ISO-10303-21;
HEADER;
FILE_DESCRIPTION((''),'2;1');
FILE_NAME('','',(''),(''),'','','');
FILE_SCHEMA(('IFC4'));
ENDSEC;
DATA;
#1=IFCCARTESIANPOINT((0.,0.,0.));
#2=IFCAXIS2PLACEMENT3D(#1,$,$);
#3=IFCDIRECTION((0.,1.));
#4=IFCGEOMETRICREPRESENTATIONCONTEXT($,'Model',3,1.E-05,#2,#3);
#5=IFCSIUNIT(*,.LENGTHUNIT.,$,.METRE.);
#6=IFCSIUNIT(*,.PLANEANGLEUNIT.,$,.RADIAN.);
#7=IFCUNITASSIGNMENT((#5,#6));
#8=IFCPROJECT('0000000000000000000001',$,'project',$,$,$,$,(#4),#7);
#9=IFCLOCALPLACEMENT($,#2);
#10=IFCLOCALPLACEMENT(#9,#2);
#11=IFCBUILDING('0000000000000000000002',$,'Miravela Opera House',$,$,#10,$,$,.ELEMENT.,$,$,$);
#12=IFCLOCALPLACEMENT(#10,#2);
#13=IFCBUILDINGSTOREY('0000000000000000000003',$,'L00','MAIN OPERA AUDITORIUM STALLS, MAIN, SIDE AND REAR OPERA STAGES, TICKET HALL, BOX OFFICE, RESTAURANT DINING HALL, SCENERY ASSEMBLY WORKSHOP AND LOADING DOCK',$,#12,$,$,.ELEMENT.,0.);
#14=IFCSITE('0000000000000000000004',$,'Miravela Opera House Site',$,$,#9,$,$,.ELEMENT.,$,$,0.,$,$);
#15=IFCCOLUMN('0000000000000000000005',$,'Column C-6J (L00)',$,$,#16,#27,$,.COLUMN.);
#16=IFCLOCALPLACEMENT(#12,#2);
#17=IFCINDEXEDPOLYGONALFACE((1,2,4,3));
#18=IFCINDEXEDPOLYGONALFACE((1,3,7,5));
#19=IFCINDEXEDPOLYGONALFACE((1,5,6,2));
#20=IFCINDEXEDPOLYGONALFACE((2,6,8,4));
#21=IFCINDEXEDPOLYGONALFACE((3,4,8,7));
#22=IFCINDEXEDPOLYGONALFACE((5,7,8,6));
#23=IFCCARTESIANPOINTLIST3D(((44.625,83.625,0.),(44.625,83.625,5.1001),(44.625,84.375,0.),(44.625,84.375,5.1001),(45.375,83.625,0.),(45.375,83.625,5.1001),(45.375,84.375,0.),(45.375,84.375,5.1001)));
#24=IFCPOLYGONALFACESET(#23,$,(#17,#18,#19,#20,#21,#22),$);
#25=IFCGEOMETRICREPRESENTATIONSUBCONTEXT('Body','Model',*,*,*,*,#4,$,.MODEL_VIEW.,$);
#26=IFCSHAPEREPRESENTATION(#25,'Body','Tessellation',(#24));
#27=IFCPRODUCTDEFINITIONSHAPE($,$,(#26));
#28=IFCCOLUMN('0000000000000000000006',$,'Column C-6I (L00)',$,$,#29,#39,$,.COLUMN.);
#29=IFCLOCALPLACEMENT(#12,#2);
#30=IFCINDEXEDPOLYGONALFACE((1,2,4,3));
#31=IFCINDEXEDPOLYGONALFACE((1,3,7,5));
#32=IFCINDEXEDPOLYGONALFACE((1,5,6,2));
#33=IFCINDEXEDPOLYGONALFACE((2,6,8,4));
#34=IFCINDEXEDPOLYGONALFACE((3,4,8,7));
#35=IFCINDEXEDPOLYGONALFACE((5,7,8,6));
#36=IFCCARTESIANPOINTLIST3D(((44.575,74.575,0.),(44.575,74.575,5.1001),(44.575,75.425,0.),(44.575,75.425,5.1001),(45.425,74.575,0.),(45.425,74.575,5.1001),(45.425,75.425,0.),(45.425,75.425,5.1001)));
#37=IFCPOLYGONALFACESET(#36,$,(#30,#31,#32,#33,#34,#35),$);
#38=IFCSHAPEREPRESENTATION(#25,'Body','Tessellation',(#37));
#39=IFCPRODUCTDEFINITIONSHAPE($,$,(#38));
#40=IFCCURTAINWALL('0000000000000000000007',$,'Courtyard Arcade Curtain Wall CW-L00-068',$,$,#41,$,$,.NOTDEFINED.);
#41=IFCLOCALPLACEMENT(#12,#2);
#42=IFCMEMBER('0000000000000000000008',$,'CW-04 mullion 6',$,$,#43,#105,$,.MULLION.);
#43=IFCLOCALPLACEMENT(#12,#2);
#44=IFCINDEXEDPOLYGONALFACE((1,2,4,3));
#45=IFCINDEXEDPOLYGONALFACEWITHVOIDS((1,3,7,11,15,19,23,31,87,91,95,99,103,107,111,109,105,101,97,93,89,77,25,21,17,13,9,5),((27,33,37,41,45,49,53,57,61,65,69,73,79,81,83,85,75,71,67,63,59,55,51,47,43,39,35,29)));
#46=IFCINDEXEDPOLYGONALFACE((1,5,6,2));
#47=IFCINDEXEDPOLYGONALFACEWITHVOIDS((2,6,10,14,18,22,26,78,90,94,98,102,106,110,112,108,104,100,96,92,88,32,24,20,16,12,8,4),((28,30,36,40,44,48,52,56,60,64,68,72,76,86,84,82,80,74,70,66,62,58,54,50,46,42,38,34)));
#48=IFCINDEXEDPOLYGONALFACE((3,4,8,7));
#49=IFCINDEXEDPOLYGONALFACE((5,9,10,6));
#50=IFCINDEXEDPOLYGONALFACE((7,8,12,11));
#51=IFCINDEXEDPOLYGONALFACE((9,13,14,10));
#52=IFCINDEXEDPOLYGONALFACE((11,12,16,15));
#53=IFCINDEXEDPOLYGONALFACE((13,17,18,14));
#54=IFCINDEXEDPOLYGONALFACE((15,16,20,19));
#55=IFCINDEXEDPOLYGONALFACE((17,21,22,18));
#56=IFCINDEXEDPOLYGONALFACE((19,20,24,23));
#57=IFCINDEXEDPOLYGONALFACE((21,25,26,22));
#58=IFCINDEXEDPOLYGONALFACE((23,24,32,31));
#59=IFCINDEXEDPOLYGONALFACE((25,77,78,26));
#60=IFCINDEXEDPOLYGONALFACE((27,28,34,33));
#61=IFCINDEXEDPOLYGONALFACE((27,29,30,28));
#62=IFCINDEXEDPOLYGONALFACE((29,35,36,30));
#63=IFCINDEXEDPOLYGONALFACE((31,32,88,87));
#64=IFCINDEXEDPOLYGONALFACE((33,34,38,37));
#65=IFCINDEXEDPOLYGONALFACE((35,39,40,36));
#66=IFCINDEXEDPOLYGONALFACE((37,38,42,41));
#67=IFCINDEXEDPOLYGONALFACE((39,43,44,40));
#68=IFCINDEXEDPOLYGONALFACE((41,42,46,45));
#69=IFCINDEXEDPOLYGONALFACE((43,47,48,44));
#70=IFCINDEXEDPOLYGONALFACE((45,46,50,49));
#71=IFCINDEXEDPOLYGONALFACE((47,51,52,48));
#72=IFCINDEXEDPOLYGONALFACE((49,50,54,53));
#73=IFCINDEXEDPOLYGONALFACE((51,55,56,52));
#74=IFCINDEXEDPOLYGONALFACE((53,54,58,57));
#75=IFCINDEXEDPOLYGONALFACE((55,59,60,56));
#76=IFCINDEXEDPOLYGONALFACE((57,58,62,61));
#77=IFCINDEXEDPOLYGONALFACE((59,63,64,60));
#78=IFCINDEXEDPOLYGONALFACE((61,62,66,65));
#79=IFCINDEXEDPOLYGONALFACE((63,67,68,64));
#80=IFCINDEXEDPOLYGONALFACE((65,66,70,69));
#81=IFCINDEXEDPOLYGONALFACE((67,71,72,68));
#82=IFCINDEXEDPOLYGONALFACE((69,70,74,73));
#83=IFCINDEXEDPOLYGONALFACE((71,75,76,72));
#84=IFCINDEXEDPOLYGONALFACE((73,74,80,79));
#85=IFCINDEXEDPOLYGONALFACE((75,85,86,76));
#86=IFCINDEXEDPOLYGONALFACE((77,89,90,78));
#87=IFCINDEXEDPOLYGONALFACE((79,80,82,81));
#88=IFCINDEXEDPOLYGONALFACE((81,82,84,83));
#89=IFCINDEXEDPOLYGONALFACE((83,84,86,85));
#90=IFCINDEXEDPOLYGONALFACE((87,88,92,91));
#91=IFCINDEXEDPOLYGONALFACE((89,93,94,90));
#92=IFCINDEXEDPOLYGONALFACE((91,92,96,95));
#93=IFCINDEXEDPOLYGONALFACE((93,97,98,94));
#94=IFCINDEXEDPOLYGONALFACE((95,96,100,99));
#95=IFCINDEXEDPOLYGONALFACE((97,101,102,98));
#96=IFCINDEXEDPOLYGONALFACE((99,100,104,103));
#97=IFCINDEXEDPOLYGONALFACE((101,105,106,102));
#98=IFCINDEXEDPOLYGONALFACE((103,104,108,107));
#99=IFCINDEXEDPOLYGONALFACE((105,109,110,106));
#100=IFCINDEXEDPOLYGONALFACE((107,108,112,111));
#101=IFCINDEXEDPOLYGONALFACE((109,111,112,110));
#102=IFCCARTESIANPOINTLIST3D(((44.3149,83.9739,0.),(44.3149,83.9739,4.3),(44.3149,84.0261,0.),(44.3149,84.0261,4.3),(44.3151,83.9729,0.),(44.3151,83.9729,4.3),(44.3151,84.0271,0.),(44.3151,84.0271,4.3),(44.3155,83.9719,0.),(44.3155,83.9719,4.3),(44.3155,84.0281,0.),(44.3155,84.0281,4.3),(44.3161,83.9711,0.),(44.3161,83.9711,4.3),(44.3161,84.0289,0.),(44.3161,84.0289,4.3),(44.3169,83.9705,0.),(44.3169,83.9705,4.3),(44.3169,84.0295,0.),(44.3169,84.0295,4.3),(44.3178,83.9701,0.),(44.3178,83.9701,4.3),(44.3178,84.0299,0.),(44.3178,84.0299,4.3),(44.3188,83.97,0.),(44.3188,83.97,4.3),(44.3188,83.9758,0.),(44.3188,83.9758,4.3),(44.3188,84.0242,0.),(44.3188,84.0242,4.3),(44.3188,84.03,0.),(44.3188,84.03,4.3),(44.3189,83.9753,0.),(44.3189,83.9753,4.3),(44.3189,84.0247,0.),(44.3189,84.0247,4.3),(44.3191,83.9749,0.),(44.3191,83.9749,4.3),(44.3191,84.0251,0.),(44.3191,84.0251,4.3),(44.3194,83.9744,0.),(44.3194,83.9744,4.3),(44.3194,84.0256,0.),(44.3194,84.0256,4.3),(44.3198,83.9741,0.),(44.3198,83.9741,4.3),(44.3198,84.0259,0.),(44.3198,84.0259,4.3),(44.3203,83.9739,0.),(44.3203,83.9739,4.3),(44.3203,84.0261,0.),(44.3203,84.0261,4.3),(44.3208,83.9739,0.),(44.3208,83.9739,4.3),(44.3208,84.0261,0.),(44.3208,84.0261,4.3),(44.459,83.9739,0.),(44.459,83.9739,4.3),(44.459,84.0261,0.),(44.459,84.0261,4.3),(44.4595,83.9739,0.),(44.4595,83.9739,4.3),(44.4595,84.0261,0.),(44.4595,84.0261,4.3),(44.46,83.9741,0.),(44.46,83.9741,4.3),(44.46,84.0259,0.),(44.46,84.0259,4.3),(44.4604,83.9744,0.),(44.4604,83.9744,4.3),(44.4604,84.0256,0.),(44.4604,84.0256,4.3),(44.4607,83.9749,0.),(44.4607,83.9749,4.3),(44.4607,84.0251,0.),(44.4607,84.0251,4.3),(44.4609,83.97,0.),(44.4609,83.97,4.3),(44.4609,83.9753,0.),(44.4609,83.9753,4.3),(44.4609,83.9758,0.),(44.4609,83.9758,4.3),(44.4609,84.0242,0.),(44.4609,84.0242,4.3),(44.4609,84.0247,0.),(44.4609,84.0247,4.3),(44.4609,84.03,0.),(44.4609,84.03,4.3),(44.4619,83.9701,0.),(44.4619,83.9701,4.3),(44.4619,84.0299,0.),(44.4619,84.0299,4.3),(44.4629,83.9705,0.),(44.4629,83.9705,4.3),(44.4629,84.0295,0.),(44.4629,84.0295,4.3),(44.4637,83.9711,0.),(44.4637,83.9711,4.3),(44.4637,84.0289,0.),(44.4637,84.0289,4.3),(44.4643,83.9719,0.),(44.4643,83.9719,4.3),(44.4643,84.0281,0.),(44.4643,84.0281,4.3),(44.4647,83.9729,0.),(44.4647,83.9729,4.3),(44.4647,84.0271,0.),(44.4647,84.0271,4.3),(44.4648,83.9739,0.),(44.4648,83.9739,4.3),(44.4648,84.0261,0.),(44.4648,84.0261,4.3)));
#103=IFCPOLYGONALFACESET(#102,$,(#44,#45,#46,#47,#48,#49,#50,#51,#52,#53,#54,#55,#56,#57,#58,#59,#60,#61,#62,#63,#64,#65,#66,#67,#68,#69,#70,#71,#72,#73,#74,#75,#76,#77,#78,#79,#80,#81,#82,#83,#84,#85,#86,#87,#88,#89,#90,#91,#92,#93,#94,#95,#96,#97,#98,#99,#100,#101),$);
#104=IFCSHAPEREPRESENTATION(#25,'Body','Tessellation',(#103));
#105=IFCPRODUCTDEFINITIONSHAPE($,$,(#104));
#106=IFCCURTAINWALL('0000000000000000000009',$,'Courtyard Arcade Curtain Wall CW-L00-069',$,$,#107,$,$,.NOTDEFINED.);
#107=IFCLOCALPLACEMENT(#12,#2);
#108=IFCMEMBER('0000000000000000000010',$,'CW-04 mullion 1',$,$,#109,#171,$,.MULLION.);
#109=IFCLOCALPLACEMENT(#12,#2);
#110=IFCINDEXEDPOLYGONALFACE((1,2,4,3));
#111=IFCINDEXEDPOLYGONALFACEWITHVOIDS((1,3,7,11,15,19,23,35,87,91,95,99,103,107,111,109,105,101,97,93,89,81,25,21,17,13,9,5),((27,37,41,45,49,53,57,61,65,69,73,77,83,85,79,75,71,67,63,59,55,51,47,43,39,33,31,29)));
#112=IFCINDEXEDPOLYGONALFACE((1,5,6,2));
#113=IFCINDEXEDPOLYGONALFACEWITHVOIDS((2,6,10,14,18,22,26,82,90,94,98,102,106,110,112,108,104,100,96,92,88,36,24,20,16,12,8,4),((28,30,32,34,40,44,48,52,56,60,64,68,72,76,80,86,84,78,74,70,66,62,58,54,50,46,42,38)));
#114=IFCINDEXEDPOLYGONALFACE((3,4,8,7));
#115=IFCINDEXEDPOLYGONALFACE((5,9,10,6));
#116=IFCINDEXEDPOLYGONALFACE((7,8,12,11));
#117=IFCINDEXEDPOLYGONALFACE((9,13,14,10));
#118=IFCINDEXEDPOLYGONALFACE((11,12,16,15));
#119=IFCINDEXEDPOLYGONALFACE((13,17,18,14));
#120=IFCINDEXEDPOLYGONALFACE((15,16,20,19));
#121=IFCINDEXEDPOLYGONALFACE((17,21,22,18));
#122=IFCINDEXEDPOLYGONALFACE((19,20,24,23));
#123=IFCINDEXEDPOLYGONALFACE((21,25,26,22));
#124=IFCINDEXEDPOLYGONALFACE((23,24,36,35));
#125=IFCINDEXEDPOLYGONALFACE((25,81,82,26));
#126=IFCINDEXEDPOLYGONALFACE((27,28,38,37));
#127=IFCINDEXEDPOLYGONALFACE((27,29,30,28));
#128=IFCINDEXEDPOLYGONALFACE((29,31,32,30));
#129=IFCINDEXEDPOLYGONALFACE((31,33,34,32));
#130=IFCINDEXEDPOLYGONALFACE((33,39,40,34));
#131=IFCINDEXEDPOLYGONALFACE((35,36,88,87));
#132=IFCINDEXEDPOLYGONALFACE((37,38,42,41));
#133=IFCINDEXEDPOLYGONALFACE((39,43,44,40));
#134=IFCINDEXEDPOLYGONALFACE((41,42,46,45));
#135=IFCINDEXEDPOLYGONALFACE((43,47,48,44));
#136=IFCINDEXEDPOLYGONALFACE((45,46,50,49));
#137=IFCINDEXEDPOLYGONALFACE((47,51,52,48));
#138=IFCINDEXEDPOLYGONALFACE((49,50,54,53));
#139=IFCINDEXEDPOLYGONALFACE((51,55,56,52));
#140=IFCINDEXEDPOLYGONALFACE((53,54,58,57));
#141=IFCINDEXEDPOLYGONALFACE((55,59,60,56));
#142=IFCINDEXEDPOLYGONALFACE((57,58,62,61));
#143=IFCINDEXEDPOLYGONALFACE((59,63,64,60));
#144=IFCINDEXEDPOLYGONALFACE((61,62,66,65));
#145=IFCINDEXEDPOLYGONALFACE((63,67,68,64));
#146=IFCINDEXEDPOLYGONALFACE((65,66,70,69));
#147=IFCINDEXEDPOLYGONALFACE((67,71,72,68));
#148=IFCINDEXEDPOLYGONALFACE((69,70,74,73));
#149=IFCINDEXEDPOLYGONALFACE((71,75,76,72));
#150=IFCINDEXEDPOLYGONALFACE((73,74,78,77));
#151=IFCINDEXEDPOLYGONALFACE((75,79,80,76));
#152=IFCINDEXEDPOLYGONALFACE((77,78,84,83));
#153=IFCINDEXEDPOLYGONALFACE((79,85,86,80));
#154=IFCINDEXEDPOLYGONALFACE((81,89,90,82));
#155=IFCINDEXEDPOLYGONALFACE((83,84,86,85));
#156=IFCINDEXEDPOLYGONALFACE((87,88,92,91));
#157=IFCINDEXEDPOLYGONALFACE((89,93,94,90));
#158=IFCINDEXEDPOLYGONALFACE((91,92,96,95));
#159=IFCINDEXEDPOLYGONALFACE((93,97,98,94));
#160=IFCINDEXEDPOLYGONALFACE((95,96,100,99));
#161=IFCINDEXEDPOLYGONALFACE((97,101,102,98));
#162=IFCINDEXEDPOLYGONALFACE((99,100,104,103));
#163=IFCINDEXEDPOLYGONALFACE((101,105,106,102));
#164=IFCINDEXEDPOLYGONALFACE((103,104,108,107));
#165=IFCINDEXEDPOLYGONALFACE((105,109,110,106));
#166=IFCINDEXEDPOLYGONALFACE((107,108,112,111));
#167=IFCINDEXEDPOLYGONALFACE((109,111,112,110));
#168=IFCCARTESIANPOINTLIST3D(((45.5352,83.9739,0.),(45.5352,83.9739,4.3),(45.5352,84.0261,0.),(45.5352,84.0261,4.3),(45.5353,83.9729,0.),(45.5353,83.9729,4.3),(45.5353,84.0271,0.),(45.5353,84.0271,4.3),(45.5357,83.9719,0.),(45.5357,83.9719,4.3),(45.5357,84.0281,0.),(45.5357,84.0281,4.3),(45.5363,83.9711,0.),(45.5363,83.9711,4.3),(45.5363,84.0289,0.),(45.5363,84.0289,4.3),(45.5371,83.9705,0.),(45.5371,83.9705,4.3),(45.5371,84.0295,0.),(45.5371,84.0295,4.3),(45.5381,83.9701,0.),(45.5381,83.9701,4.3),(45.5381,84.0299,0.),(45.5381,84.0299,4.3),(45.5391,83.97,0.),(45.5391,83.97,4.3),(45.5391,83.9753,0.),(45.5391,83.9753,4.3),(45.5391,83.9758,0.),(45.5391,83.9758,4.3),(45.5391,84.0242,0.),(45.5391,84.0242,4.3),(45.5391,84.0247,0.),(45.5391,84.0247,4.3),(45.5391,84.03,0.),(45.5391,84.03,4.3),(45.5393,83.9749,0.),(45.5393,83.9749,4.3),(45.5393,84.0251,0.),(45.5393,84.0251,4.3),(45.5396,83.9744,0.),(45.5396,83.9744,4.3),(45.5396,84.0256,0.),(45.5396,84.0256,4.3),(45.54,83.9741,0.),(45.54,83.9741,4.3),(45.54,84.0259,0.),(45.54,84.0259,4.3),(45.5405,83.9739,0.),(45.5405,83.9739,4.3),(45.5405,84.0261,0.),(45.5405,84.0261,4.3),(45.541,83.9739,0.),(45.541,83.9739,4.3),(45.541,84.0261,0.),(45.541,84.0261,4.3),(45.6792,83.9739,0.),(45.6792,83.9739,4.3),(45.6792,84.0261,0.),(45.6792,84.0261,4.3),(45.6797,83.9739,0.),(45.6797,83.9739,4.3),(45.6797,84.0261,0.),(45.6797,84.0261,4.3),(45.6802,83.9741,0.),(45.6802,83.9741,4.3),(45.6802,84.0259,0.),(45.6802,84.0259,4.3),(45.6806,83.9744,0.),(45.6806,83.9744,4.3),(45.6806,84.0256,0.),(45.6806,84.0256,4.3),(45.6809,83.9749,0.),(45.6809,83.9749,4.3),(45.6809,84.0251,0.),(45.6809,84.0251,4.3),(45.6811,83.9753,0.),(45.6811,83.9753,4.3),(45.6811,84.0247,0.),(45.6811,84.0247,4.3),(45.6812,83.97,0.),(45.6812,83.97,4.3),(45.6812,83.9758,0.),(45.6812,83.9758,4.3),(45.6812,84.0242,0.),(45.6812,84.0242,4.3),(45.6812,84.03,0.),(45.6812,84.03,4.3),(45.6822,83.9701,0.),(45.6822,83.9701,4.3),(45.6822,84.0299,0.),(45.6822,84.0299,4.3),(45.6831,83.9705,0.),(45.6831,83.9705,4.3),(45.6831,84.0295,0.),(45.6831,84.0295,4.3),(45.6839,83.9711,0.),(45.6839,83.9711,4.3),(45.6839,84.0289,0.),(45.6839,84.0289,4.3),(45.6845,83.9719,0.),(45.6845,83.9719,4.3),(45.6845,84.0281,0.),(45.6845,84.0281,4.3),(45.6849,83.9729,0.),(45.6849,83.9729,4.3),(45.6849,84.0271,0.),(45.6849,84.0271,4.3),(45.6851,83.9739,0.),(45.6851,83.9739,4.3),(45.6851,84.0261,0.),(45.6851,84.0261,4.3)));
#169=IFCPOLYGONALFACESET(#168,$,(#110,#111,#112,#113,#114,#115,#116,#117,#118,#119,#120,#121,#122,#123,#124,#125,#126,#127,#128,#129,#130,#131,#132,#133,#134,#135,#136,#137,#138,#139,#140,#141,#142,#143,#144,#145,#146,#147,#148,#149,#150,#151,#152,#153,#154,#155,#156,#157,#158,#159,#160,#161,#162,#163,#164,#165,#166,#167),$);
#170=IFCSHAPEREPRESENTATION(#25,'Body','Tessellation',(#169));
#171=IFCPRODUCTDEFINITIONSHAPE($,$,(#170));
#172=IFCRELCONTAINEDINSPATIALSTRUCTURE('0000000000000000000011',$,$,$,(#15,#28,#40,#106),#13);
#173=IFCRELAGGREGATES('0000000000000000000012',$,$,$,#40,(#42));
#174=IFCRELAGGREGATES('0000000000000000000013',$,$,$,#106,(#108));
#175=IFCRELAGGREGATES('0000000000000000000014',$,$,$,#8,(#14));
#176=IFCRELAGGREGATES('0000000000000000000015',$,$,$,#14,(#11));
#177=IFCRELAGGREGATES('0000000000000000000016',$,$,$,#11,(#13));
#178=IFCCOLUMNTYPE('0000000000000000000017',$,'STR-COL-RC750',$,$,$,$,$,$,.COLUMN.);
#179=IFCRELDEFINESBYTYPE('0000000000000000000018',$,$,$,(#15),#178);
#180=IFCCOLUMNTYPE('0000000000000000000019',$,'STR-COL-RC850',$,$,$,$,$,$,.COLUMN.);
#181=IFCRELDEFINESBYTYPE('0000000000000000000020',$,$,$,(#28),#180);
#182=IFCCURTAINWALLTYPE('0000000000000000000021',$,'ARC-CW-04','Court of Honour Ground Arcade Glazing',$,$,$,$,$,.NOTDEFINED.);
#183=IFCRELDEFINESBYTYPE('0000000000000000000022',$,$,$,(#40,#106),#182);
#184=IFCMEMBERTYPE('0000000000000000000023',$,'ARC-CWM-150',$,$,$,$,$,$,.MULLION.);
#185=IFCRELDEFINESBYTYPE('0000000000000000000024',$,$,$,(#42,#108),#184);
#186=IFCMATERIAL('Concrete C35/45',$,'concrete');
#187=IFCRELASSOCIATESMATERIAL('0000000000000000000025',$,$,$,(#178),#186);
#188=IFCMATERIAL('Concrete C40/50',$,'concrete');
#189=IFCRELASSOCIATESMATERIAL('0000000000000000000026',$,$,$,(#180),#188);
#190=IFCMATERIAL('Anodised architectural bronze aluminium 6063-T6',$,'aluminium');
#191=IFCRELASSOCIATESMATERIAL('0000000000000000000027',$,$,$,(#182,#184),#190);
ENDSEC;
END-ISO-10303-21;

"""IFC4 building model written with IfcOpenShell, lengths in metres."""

from ifc_helpers import new_model, si_unit, direction, frame, origin, origin_2d, place, context, subcontext, project, spatial, rectangle, hollow_rectangle, extrude, material, material_profile, profile_set, type_object, element, aggregate, save


model = new_model("IFC4")

# Units and contexts
model_context = context("Model", 3, precision=1e-05, world=origin(), true_north=direction((0.0, 1.0)))
body_context = subcontext(model_context, "Body", "Model", "MODEL_VIEW")
ifc_project = project(units=[si_unit("LENGTHUNIT", "METRE"), si_unit("PLANEANGLEUNIT", "RADIAN")], contexts=[model_context])

# Site, building, storey
site_placement = place(None, origin())
site = spatial("IfcSite", under=ifc_project, at=site_placement, Name="Miravela Opera House Site", CompositionType="ELEMENT", RefElevation=0.0)
building_placement = place(site_placement, origin())
building = spatial("IfcBuilding", under=site, at=building_placement, Name="Miravela Opera House", CompositionType="ELEMENT")
storey_placement = place(building_placement, origin())
storey = spatial("IfcBuildingStorey", under=building, at=storey_placement, Name="L00", Description="MAIN OPERA AUDITORIUM STALLS, MAIN, SIDE AND REAR OPERA STAGES, TICKET HALL, BOX OFFICE, RESTAURANT DINING HALL, SCENERY ASSEMBLY WORKSHOP AND LOADING DOCK", CompositionType="ELEMENT", Elevation=0.0)

# Columns
ifc_material_1 = material(Name="Concrete C35/45", Category="concrete")
ifc_material_profile_1 = material_profile(ifc_material_1, rectangle(XDim=0.75, YDim=0.75, at=origin_2d()), Name="RC-COL-750X750")
ifc_profile_set_1 = profile_set([ifc_material_profile_1])
column_type_1 = type_object("IfcColumnType", Name="STR-COL-RC750", PredefinedType="COLUMN", material=ifc_profile_set_1)
column_1_placement = place(storey_placement, frame((45.0, 84.0, 0.0), z_axis=(0.0, 0.0, 1.0), x_axis=(1.0, 0.0, 0.0)))
element("IfcColumn", 1, at=column_1_placement, inside=storey, type_object=column_type_1, Name="Column C-6J (L00)", PredefinedType="COLUMN", context=body_context, shape_type="SweptSolid", body=[
    extrude(rectangle(XDim=0.75, YDim=0.75, at=origin_2d()), origin(), (0.0, 0.0, 1.0), 5.1001),
])
ifc_material_2 = material(Name="Concrete C40/50", Category="concrete")
ifc_material_profile_2 = material_profile(ifc_material_2, rectangle(XDim=0.8501, YDim=0.8501, at=origin_2d()), Name="RC-COL-850X850")
ifc_profile_set_2 = profile_set([ifc_material_profile_2])
column_type_2 = type_object("IfcColumnType", Name="STR-COL-RC850", PredefinedType="COLUMN", material=ifc_profile_set_2)
column_2_placement = place(storey_placement, frame((45.0, 75.0, 0.0), z_axis=(0.0, 0.0, 1.0), x_axis=(1.0, 0.0, 0.0)))
element("IfcColumn", 2, at=column_2_placement, inside=storey, type_object=column_type_2, Name="Column C-6I (L00)", PredefinedType="COLUMN", context=body_context, shape_type="SweptSolid", body=[
    extrude(rectangle(XDim=0.8501, YDim=0.8501, at=origin_2d()), origin(), (0.0, 0.0, 1.0), 5.1001),
])

# Curtain wall, member
ifc_material_3 = material(Name="Anodised architectural bronze aluminium 6063-T6", Category="aluminium")
curtain_wall_type = type_object("IfcCurtainWallType", Name="ARC-CW-04", Description="Court of Honour Ground Arcade Glazing", PredefinedType="NOTDEFINED", material=ifc_material_3)
curtain_wall_1_placement = place(storey_placement, origin())
curtain_wall_1 = element("IfcCurtainWall", 3, at=curtain_wall_1_placement, inside=storey, type_object=curtain_wall_type, Name="Courtyard Arcade Curtain Wall CW-L00-068", PredefinedType="NOTDEFINED")
ifc_material_profile_3 = material_profile(ifc_material_3, hollow_rectangle(XDim=0.0601, YDim=0.1499, WallThickness=0.0039, InnerFilletRadius=0.002, OuterFilletRadius=0.0039, at=origin_2d()), Name="CWM-60X150")
ifc_profile_set_3 = profile_set([ifc_material_profile_3])
member_type_1 = type_object("IfcMemberType", Name="ARC-CWM-150", PredefinedType="MULLION", material=ifc_profile_set_3)
member_1_placement = place(storey_placement, frame((44.3899, 84.0, 0.0), z_axis=(0.0, 0.0, 1.0), x_axis=(0.0, 1.0, 0.0)))
member_1 = element("IfcMember", 4, at=member_1_placement, type_object=member_type_1, Name="CW-04 mullion 6", PredefinedType="MULLION", context=body_context, shape_type="SweptSolid", body=[
    extrude(hollow_rectangle(XDim=0.0601, YDim=0.1499, WallThickness=0.0039, InnerFilletRadius=0.002, OuterFilletRadius=0.0039, at=origin_2d()), origin(), (0.0, 0.0, 1.0), 4.3),
])

# Curtain wall, member
curtain_wall_2_placement = place(storey_placement, origin())
curtain_wall_2 = element("IfcCurtainWall", 5, at=curtain_wall_2_placement, inside=storey, type_object=curtain_wall_type, Name="Courtyard Arcade Curtain Wall CW-L00-069", PredefinedType="NOTDEFINED")
member_2_placement = place(storey_placement, frame((45.6101, 84.0, 0.0), z_axis=(0.0, 0.0, 1.0), x_axis=(0.0, 1.0, 0.0)))
member_2 = element("IfcMember", 6, at=member_2_placement, type_object=member_type_1, Name="CW-04 mullion 1", PredefinedType="MULLION", context=body_context, shape_type="SweptSolid", body=[
    extrude(hollow_rectangle(XDim=0.0601, YDim=0.1499, WallThickness=0.0039, InnerFilletRadius=0.002, OuterFilletRadius=0.0039, at=origin_2d()), origin(), (0.0, 0.0, 1.0), 4.3),
])

aggregate(curtain_wall_1, [member_1])
aggregate(curtain_wall_2, [member_2])

save(model, "model.ifc")
